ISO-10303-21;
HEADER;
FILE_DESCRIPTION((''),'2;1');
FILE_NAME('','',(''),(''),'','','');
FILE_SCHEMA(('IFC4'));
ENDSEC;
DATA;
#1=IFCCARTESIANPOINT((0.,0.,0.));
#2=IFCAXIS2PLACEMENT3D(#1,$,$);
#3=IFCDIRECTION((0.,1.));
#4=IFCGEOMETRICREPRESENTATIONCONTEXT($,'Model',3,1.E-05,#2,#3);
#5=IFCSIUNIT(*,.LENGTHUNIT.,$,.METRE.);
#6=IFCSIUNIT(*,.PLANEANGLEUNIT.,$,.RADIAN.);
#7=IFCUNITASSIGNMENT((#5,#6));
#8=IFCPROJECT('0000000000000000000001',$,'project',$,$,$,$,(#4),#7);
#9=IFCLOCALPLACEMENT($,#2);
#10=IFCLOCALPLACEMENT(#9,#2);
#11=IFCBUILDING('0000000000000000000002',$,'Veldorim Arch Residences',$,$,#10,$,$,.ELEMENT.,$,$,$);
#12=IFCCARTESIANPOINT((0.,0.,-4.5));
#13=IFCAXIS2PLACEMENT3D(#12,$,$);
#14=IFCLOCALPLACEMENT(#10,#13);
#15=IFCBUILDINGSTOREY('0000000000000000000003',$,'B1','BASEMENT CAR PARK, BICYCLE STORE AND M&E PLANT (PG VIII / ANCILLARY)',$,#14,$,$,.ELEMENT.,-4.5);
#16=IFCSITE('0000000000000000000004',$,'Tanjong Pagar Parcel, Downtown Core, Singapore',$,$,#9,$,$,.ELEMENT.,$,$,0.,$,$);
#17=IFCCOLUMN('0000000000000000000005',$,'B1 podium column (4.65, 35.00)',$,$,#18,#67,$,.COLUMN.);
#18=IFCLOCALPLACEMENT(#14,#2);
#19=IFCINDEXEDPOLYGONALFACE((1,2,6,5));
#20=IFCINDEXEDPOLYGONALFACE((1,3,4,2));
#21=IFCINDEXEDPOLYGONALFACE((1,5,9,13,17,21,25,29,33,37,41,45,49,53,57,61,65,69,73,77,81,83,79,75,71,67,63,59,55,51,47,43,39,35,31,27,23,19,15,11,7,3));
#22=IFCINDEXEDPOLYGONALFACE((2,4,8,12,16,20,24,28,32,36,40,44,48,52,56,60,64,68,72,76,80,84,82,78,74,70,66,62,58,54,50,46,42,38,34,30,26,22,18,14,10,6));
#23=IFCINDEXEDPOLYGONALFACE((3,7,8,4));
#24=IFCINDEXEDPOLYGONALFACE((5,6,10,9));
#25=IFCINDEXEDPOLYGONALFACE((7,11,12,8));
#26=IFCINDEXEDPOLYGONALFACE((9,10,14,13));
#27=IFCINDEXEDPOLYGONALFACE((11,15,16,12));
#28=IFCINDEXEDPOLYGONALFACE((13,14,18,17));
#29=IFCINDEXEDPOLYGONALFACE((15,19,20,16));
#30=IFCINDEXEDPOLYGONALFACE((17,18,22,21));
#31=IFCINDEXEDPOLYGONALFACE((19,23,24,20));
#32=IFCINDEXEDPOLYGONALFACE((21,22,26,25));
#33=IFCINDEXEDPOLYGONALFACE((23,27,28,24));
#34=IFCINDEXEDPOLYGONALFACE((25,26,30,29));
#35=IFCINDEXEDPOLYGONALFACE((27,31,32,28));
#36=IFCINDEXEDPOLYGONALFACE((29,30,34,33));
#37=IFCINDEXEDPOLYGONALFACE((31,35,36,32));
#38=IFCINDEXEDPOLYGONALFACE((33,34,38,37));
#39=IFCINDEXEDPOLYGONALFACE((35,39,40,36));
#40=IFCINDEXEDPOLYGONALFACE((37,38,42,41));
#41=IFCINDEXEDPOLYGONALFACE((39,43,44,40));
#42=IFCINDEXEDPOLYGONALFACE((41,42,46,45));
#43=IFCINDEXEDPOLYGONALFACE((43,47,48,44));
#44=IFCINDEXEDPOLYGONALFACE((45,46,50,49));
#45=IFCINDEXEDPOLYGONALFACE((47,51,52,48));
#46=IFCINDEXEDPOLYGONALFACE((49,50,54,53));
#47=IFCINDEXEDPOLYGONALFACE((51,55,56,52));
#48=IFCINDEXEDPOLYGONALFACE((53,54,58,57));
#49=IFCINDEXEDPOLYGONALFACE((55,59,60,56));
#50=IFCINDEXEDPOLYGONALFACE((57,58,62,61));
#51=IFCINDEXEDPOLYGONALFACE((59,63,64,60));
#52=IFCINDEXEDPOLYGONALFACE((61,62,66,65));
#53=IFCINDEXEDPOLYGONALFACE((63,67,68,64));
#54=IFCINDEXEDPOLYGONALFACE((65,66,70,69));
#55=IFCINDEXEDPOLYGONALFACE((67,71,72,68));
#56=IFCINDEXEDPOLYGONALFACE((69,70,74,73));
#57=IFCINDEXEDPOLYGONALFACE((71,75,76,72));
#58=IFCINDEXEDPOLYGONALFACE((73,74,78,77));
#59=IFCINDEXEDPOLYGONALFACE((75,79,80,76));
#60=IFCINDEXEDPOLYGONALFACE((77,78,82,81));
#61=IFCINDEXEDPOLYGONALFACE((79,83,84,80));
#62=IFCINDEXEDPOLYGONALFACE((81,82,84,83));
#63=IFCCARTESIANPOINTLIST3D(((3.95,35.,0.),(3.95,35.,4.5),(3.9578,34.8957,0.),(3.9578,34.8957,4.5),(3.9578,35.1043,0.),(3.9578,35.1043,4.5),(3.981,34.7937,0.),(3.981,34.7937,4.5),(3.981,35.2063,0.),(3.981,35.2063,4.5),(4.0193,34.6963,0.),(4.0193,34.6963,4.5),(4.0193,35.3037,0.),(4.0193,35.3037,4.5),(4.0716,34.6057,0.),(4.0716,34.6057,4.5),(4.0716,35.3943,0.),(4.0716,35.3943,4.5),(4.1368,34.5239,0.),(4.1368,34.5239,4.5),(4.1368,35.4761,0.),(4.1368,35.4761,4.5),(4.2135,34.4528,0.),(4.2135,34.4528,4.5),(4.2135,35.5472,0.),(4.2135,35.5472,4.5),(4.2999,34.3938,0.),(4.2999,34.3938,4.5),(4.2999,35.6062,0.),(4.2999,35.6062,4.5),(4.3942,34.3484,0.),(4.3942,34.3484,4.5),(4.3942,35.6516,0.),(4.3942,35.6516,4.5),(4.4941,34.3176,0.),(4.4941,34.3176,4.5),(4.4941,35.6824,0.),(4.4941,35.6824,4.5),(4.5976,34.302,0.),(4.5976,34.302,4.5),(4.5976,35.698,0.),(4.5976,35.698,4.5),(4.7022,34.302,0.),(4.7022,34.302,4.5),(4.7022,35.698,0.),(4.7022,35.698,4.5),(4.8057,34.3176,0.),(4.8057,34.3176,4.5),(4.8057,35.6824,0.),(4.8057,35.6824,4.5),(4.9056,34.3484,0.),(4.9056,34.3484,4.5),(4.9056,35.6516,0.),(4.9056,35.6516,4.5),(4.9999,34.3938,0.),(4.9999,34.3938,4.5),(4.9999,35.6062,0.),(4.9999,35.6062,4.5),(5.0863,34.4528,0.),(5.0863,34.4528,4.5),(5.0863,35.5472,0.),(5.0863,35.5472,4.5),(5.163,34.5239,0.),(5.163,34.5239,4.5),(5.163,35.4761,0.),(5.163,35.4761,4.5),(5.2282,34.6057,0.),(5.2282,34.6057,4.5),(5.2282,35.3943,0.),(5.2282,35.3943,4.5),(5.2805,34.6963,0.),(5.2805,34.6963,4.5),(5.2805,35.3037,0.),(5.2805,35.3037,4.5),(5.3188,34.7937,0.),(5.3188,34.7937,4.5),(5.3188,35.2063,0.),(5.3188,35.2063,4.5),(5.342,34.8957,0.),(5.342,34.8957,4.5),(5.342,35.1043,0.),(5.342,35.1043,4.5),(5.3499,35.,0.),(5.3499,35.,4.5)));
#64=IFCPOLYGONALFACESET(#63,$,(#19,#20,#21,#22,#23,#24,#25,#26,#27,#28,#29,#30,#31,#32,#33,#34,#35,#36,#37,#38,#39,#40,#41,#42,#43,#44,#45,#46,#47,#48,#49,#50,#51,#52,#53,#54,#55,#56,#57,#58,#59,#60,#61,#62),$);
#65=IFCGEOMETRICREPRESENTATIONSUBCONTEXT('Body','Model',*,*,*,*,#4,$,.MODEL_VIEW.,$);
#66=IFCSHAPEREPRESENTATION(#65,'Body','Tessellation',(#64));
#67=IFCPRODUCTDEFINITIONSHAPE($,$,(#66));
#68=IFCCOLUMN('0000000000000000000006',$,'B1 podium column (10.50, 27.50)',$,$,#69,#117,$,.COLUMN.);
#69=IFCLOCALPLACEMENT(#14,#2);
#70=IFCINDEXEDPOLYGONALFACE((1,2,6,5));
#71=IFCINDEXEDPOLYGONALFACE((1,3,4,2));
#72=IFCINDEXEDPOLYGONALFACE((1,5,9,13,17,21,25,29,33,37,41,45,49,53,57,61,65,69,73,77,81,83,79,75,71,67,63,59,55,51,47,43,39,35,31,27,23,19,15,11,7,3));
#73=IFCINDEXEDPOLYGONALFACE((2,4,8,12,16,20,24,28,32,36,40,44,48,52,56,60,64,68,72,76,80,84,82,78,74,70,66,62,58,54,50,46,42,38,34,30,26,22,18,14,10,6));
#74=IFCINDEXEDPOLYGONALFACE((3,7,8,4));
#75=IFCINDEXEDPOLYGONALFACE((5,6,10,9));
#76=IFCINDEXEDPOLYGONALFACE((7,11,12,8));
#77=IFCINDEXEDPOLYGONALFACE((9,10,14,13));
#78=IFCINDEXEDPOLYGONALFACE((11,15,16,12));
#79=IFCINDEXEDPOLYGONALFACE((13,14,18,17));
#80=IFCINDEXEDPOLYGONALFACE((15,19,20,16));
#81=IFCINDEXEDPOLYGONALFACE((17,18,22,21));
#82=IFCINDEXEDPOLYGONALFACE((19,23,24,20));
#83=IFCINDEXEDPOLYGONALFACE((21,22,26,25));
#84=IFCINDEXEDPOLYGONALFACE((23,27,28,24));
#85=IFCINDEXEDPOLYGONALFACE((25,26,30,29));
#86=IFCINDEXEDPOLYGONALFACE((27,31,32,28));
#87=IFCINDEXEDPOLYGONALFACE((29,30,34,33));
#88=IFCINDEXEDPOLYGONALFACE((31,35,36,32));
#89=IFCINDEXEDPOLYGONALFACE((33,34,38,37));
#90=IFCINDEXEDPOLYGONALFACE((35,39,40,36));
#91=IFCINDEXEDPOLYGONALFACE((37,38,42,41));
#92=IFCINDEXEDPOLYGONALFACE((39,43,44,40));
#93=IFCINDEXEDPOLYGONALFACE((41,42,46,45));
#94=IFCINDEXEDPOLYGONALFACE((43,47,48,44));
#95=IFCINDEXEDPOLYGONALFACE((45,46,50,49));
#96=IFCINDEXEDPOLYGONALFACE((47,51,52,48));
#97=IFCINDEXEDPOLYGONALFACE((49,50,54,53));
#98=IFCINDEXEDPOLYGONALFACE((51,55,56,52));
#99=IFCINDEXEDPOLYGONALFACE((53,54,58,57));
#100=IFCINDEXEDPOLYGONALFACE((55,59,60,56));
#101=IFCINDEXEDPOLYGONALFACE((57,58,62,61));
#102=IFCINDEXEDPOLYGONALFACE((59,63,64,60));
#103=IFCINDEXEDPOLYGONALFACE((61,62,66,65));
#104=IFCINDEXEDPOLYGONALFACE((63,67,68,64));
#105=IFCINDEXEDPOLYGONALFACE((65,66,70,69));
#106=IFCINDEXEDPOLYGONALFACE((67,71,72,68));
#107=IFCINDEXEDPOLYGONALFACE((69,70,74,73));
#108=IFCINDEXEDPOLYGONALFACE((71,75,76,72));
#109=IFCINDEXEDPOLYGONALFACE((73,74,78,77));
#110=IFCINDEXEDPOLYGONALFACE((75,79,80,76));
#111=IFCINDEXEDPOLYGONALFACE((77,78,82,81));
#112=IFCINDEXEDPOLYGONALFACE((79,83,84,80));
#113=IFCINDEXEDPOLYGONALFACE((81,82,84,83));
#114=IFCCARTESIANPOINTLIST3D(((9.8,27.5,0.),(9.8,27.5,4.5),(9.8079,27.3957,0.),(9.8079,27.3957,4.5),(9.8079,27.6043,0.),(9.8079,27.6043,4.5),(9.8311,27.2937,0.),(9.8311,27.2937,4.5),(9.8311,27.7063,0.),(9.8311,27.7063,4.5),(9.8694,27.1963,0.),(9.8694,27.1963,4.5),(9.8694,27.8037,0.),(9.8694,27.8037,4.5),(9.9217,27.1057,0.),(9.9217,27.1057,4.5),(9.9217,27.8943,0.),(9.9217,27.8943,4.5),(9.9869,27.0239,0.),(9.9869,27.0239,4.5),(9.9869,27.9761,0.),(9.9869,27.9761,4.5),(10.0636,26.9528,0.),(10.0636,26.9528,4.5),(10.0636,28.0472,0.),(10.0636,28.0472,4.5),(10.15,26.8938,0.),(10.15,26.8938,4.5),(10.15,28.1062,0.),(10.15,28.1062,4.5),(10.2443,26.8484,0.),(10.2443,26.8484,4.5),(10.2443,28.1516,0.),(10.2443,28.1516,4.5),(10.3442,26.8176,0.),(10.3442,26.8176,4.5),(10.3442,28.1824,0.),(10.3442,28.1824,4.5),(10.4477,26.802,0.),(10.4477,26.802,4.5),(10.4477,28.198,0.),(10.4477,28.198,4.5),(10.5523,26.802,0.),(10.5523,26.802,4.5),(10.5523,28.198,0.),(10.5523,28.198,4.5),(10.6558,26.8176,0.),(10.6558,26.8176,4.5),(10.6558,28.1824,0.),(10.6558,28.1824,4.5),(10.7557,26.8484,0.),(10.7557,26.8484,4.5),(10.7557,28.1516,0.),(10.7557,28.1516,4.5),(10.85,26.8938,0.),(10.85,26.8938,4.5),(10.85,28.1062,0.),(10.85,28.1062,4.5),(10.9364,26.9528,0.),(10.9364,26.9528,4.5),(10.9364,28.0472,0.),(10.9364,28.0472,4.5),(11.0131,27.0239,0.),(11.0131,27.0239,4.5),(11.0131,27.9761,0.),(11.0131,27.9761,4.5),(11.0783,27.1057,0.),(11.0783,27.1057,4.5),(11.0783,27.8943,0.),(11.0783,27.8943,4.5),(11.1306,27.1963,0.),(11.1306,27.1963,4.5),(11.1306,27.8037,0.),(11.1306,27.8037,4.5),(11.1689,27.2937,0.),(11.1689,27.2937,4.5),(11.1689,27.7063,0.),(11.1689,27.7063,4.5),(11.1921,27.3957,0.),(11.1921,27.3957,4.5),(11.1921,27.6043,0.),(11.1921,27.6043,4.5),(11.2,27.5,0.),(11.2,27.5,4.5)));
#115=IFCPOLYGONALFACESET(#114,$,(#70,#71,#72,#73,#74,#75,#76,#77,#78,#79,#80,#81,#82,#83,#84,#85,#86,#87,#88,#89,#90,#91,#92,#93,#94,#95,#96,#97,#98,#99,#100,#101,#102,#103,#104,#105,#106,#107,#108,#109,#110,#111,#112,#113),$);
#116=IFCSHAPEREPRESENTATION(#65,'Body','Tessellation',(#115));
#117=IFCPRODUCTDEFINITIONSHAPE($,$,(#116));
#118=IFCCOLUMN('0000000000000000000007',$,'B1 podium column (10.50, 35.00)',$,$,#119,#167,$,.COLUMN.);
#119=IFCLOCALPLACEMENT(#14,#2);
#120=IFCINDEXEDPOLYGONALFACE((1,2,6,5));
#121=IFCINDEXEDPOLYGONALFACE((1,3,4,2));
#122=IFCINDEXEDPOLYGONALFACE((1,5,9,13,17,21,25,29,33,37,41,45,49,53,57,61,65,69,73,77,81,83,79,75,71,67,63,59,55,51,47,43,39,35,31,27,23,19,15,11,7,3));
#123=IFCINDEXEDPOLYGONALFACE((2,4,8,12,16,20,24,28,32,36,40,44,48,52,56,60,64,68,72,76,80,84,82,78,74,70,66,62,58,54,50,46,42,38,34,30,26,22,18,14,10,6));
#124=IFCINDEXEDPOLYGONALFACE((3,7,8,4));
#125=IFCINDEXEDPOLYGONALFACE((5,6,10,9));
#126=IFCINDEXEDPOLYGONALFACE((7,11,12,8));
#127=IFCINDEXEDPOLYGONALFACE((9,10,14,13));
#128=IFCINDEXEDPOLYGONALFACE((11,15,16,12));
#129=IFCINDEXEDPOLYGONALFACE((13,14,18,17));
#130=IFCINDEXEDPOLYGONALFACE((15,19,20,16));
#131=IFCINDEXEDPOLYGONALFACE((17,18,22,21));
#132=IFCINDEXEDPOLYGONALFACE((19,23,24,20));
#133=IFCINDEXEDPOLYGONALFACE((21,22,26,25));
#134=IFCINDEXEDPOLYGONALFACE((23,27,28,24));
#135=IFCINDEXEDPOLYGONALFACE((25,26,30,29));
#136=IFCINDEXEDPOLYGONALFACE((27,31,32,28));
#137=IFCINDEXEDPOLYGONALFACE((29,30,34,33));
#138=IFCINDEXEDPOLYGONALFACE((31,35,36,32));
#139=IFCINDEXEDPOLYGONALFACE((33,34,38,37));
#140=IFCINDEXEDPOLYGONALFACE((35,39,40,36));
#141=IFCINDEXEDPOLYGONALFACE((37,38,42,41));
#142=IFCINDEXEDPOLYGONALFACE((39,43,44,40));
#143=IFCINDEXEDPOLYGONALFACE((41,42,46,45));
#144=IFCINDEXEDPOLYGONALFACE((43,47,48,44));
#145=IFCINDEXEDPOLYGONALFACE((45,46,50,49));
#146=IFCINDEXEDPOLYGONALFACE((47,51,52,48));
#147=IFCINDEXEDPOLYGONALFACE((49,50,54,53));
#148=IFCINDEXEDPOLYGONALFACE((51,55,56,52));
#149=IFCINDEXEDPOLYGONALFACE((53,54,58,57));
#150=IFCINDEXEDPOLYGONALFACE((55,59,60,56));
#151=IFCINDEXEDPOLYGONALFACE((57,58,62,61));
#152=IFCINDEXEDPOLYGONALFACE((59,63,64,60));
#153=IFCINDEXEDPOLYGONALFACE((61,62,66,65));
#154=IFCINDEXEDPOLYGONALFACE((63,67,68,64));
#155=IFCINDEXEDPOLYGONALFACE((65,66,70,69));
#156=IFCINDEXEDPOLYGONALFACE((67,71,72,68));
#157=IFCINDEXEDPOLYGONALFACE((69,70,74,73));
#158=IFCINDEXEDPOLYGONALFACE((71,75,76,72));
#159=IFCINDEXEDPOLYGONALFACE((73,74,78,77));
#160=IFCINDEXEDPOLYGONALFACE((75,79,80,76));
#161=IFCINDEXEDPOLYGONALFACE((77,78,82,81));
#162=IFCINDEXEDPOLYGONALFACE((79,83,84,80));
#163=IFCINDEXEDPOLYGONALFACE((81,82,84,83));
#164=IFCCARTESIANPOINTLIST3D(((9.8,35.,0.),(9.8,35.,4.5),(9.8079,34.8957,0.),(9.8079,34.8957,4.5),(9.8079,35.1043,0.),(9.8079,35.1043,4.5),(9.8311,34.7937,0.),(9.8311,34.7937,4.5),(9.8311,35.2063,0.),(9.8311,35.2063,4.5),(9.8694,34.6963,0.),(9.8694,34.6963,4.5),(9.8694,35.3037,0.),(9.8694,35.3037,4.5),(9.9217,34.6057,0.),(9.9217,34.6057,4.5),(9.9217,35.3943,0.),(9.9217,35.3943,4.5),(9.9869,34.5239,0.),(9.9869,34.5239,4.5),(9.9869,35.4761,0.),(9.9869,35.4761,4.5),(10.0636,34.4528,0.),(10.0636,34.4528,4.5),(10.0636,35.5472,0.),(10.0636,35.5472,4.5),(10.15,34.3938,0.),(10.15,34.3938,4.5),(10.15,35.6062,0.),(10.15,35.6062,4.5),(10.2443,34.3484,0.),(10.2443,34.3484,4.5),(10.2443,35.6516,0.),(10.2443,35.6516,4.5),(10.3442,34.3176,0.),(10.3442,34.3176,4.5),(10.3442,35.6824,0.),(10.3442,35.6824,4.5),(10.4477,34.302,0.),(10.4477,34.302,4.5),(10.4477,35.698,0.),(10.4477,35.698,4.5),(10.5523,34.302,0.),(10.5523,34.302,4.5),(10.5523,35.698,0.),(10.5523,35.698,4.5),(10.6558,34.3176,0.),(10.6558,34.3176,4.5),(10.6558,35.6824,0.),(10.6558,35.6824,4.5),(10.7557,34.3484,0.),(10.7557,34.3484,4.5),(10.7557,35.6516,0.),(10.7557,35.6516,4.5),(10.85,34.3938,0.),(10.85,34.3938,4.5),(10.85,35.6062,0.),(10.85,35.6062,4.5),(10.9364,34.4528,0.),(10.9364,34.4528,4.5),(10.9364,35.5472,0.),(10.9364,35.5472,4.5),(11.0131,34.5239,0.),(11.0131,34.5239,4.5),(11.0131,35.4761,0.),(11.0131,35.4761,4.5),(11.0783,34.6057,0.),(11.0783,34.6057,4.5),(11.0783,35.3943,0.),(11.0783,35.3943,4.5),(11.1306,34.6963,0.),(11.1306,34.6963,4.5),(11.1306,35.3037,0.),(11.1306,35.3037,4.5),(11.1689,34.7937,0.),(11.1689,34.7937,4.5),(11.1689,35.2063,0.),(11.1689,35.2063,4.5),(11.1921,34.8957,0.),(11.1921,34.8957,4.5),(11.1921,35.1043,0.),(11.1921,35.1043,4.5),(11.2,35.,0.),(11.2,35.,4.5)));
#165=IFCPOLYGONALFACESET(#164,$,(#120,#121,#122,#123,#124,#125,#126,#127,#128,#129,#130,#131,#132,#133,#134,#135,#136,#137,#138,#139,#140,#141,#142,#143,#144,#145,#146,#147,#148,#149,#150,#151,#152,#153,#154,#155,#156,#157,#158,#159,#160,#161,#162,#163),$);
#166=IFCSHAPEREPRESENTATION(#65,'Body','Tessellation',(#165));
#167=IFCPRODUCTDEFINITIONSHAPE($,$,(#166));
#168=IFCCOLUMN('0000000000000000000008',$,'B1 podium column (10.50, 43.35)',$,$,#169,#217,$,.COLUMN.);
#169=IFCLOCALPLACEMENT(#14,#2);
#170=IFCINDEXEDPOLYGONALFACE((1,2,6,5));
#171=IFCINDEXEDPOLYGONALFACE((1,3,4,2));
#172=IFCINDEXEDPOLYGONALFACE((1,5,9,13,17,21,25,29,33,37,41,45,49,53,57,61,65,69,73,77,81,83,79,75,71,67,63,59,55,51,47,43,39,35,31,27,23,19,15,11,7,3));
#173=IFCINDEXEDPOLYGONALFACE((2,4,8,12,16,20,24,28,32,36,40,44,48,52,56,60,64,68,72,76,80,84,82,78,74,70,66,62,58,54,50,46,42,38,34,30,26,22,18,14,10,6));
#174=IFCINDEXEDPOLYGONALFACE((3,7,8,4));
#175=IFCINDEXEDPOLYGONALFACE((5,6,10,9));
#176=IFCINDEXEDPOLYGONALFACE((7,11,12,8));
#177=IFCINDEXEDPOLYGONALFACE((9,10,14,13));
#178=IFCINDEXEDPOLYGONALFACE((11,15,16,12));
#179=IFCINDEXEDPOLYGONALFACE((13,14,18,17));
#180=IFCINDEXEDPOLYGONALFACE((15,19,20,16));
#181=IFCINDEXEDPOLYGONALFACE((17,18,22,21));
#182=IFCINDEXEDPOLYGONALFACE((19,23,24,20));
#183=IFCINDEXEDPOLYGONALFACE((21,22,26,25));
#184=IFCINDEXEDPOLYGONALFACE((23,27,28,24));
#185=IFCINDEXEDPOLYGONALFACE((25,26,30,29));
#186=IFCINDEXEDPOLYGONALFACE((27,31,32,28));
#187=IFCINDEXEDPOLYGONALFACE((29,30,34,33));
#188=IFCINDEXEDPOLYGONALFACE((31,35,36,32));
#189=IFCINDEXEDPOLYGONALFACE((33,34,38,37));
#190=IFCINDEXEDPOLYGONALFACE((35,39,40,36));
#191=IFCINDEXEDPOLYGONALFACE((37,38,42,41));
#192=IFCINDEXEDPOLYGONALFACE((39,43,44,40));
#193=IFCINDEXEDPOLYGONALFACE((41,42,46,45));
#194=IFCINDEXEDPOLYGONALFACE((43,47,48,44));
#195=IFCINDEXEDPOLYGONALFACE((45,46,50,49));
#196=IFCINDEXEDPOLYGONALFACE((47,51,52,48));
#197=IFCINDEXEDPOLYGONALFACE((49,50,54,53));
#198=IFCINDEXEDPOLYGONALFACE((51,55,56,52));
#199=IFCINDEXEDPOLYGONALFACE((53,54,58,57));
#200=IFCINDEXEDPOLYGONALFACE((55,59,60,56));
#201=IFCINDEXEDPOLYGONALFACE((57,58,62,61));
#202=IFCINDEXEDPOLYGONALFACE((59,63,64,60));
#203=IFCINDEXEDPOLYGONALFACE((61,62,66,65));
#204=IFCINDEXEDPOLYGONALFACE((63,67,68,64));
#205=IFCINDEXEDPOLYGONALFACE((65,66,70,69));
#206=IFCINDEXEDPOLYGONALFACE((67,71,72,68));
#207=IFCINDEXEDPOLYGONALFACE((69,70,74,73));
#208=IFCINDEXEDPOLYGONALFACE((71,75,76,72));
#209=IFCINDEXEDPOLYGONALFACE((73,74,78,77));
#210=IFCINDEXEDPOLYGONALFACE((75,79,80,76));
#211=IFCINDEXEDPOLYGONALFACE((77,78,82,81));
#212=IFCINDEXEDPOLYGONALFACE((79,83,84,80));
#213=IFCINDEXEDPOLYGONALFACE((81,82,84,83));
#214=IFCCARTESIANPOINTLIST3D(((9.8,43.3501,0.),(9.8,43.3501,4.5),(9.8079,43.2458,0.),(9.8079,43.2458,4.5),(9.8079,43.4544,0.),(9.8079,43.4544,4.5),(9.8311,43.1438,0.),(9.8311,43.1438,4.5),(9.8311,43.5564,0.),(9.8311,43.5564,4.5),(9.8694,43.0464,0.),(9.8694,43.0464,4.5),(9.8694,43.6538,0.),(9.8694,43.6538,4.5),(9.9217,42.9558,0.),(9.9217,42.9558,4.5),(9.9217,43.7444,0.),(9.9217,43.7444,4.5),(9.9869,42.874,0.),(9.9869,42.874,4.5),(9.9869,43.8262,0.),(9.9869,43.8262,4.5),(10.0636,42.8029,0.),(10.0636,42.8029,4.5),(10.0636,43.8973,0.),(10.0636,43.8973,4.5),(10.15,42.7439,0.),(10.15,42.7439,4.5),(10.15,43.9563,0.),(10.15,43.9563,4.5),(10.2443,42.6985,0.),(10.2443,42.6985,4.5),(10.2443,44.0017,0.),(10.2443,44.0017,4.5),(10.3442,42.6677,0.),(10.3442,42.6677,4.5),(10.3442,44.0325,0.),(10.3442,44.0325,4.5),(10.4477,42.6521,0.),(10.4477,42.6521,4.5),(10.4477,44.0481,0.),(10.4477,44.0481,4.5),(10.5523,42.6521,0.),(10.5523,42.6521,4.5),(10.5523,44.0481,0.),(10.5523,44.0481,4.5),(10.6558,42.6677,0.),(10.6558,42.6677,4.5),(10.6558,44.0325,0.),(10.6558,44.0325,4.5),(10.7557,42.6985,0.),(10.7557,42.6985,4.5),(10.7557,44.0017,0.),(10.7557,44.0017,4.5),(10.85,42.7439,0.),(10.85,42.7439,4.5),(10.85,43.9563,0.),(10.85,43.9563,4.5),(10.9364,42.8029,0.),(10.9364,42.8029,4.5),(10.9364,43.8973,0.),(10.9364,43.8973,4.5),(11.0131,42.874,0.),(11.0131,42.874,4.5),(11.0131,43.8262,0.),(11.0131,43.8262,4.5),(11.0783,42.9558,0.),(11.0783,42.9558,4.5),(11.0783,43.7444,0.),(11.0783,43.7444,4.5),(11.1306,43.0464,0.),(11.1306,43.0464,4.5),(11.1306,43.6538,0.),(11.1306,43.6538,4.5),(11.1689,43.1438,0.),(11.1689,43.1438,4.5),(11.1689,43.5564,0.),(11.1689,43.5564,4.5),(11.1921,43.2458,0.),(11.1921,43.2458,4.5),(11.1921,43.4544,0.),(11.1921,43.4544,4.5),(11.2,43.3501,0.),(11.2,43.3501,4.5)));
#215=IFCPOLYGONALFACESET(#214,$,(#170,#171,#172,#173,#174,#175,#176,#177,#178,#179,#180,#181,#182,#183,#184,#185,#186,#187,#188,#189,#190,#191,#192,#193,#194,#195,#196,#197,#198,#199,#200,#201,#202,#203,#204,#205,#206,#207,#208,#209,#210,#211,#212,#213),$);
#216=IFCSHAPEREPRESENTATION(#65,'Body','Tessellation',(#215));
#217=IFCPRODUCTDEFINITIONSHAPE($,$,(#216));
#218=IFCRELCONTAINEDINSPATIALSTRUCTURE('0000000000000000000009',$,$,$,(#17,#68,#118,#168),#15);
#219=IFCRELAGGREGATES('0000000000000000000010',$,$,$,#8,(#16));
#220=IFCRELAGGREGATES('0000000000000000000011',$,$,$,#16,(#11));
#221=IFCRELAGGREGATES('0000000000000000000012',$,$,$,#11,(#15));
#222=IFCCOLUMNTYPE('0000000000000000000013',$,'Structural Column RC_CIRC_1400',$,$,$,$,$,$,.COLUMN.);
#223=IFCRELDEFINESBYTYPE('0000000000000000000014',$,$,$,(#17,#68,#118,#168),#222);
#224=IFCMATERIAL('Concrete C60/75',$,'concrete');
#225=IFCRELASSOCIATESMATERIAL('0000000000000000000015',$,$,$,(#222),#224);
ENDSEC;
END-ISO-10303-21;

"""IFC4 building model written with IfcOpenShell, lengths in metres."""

from ifc_helpers import new_model, si_unit, direction, frame, origin, origin_2d, place, context, subcontext, project, spatial, circle, extrude, material, material_profile, profile_set, type_object, element, save


model = new_model("IFC4")

# Units and contexts
model_context = context("Model", 3, precision=1e-05, world=origin(), true_north=direction((0.0, 1.0)))
body_context = subcontext(model_context, "Body", "Model", "MODEL_VIEW")
ifc_project = project(units=[si_unit("LENGTHUNIT", "METRE"), si_unit("PLANEANGLEUNIT", "RADIAN")], contexts=[model_context])

# Site, building, storey
site_placement = place(None, origin())
site = spatial("IfcSite", under=ifc_project, at=site_placement, Name="Tanjong Pagar Parcel, Downtown Core, Singapore", CompositionType="ELEMENT", RefElevation=0.0)
building_placement = place(site_placement, origin())
building = spatial("IfcBuilding", under=site, at=building_placement, Name="Veldorim Arch Residences", CompositionType="ELEMENT")
storey_placement = place(building_placement, frame((0.0, 0.0, -4.5)))
storey = spatial("IfcBuildingStorey", under=building, at=storey_placement, Name="B1", Description="BASEMENT CAR PARK, BICYCLE STORE AND M&E PLANT (PG VIII / ANCILLARY)", CompositionType="ELEMENT", Elevation=-4.5)

# Columns
ifc_material_1 = material(Name="Concrete C60/75", Category="concrete")
ifc_material_profile_1 = material_profile(ifc_material_1, circle(Radius=0.7, at=origin_2d()), Name="RC_CIRC_1400")
ifc_profile_set_1 = profile_set([ifc_material_profile_1], Name="Concrete C60/75")
column_type_1 = type_object("IfcColumnType", Name="Structural Column RC_CIRC_1400", PredefinedType="COLUMN", material=ifc_profile_set_1)
for number, where, z_axis, x_axis, name in (
    (1, (4.6499, 35.0, 0.0), (0.0, 0.0, 1.0), (1.0, 0.0, 0.0), "B1 podium column (4.65, 35.00)"),
    (2, (10.5, 27.5, 0.0), (0.0, 0.0, 1.0), (1.0, 0.0, 0.0), "B1 podium column (10.50, 27.50)"),
    (3, (10.5, 35.0, 0.0), (0.0, 0.0, 1.0), (1.0, 0.0, 0.0), "B1 podium column (10.50, 35.00)"),
    (4, (10.5, 43.3501, 0.0), (0.0, 0.0, 1.0), (1.0, 0.0, 0.0), "B1 podium column (10.50, 43.35)"),
):
    element("IfcColumn", number, at=place(storey_placement, frame(where, z_axis=z_axis, x_axis=x_axis)), inside=storey, type_object=column_type_1, Name=name, PredefinedType="COLUMN", context=body_context, shape_type="SweptSolid", body=[
        extrude(circle(Radius=0.7, at=origin_2d()), origin(), (0.0, 0.0, 1.0), 4.5),
    ])

save(model, "model.ifc")
